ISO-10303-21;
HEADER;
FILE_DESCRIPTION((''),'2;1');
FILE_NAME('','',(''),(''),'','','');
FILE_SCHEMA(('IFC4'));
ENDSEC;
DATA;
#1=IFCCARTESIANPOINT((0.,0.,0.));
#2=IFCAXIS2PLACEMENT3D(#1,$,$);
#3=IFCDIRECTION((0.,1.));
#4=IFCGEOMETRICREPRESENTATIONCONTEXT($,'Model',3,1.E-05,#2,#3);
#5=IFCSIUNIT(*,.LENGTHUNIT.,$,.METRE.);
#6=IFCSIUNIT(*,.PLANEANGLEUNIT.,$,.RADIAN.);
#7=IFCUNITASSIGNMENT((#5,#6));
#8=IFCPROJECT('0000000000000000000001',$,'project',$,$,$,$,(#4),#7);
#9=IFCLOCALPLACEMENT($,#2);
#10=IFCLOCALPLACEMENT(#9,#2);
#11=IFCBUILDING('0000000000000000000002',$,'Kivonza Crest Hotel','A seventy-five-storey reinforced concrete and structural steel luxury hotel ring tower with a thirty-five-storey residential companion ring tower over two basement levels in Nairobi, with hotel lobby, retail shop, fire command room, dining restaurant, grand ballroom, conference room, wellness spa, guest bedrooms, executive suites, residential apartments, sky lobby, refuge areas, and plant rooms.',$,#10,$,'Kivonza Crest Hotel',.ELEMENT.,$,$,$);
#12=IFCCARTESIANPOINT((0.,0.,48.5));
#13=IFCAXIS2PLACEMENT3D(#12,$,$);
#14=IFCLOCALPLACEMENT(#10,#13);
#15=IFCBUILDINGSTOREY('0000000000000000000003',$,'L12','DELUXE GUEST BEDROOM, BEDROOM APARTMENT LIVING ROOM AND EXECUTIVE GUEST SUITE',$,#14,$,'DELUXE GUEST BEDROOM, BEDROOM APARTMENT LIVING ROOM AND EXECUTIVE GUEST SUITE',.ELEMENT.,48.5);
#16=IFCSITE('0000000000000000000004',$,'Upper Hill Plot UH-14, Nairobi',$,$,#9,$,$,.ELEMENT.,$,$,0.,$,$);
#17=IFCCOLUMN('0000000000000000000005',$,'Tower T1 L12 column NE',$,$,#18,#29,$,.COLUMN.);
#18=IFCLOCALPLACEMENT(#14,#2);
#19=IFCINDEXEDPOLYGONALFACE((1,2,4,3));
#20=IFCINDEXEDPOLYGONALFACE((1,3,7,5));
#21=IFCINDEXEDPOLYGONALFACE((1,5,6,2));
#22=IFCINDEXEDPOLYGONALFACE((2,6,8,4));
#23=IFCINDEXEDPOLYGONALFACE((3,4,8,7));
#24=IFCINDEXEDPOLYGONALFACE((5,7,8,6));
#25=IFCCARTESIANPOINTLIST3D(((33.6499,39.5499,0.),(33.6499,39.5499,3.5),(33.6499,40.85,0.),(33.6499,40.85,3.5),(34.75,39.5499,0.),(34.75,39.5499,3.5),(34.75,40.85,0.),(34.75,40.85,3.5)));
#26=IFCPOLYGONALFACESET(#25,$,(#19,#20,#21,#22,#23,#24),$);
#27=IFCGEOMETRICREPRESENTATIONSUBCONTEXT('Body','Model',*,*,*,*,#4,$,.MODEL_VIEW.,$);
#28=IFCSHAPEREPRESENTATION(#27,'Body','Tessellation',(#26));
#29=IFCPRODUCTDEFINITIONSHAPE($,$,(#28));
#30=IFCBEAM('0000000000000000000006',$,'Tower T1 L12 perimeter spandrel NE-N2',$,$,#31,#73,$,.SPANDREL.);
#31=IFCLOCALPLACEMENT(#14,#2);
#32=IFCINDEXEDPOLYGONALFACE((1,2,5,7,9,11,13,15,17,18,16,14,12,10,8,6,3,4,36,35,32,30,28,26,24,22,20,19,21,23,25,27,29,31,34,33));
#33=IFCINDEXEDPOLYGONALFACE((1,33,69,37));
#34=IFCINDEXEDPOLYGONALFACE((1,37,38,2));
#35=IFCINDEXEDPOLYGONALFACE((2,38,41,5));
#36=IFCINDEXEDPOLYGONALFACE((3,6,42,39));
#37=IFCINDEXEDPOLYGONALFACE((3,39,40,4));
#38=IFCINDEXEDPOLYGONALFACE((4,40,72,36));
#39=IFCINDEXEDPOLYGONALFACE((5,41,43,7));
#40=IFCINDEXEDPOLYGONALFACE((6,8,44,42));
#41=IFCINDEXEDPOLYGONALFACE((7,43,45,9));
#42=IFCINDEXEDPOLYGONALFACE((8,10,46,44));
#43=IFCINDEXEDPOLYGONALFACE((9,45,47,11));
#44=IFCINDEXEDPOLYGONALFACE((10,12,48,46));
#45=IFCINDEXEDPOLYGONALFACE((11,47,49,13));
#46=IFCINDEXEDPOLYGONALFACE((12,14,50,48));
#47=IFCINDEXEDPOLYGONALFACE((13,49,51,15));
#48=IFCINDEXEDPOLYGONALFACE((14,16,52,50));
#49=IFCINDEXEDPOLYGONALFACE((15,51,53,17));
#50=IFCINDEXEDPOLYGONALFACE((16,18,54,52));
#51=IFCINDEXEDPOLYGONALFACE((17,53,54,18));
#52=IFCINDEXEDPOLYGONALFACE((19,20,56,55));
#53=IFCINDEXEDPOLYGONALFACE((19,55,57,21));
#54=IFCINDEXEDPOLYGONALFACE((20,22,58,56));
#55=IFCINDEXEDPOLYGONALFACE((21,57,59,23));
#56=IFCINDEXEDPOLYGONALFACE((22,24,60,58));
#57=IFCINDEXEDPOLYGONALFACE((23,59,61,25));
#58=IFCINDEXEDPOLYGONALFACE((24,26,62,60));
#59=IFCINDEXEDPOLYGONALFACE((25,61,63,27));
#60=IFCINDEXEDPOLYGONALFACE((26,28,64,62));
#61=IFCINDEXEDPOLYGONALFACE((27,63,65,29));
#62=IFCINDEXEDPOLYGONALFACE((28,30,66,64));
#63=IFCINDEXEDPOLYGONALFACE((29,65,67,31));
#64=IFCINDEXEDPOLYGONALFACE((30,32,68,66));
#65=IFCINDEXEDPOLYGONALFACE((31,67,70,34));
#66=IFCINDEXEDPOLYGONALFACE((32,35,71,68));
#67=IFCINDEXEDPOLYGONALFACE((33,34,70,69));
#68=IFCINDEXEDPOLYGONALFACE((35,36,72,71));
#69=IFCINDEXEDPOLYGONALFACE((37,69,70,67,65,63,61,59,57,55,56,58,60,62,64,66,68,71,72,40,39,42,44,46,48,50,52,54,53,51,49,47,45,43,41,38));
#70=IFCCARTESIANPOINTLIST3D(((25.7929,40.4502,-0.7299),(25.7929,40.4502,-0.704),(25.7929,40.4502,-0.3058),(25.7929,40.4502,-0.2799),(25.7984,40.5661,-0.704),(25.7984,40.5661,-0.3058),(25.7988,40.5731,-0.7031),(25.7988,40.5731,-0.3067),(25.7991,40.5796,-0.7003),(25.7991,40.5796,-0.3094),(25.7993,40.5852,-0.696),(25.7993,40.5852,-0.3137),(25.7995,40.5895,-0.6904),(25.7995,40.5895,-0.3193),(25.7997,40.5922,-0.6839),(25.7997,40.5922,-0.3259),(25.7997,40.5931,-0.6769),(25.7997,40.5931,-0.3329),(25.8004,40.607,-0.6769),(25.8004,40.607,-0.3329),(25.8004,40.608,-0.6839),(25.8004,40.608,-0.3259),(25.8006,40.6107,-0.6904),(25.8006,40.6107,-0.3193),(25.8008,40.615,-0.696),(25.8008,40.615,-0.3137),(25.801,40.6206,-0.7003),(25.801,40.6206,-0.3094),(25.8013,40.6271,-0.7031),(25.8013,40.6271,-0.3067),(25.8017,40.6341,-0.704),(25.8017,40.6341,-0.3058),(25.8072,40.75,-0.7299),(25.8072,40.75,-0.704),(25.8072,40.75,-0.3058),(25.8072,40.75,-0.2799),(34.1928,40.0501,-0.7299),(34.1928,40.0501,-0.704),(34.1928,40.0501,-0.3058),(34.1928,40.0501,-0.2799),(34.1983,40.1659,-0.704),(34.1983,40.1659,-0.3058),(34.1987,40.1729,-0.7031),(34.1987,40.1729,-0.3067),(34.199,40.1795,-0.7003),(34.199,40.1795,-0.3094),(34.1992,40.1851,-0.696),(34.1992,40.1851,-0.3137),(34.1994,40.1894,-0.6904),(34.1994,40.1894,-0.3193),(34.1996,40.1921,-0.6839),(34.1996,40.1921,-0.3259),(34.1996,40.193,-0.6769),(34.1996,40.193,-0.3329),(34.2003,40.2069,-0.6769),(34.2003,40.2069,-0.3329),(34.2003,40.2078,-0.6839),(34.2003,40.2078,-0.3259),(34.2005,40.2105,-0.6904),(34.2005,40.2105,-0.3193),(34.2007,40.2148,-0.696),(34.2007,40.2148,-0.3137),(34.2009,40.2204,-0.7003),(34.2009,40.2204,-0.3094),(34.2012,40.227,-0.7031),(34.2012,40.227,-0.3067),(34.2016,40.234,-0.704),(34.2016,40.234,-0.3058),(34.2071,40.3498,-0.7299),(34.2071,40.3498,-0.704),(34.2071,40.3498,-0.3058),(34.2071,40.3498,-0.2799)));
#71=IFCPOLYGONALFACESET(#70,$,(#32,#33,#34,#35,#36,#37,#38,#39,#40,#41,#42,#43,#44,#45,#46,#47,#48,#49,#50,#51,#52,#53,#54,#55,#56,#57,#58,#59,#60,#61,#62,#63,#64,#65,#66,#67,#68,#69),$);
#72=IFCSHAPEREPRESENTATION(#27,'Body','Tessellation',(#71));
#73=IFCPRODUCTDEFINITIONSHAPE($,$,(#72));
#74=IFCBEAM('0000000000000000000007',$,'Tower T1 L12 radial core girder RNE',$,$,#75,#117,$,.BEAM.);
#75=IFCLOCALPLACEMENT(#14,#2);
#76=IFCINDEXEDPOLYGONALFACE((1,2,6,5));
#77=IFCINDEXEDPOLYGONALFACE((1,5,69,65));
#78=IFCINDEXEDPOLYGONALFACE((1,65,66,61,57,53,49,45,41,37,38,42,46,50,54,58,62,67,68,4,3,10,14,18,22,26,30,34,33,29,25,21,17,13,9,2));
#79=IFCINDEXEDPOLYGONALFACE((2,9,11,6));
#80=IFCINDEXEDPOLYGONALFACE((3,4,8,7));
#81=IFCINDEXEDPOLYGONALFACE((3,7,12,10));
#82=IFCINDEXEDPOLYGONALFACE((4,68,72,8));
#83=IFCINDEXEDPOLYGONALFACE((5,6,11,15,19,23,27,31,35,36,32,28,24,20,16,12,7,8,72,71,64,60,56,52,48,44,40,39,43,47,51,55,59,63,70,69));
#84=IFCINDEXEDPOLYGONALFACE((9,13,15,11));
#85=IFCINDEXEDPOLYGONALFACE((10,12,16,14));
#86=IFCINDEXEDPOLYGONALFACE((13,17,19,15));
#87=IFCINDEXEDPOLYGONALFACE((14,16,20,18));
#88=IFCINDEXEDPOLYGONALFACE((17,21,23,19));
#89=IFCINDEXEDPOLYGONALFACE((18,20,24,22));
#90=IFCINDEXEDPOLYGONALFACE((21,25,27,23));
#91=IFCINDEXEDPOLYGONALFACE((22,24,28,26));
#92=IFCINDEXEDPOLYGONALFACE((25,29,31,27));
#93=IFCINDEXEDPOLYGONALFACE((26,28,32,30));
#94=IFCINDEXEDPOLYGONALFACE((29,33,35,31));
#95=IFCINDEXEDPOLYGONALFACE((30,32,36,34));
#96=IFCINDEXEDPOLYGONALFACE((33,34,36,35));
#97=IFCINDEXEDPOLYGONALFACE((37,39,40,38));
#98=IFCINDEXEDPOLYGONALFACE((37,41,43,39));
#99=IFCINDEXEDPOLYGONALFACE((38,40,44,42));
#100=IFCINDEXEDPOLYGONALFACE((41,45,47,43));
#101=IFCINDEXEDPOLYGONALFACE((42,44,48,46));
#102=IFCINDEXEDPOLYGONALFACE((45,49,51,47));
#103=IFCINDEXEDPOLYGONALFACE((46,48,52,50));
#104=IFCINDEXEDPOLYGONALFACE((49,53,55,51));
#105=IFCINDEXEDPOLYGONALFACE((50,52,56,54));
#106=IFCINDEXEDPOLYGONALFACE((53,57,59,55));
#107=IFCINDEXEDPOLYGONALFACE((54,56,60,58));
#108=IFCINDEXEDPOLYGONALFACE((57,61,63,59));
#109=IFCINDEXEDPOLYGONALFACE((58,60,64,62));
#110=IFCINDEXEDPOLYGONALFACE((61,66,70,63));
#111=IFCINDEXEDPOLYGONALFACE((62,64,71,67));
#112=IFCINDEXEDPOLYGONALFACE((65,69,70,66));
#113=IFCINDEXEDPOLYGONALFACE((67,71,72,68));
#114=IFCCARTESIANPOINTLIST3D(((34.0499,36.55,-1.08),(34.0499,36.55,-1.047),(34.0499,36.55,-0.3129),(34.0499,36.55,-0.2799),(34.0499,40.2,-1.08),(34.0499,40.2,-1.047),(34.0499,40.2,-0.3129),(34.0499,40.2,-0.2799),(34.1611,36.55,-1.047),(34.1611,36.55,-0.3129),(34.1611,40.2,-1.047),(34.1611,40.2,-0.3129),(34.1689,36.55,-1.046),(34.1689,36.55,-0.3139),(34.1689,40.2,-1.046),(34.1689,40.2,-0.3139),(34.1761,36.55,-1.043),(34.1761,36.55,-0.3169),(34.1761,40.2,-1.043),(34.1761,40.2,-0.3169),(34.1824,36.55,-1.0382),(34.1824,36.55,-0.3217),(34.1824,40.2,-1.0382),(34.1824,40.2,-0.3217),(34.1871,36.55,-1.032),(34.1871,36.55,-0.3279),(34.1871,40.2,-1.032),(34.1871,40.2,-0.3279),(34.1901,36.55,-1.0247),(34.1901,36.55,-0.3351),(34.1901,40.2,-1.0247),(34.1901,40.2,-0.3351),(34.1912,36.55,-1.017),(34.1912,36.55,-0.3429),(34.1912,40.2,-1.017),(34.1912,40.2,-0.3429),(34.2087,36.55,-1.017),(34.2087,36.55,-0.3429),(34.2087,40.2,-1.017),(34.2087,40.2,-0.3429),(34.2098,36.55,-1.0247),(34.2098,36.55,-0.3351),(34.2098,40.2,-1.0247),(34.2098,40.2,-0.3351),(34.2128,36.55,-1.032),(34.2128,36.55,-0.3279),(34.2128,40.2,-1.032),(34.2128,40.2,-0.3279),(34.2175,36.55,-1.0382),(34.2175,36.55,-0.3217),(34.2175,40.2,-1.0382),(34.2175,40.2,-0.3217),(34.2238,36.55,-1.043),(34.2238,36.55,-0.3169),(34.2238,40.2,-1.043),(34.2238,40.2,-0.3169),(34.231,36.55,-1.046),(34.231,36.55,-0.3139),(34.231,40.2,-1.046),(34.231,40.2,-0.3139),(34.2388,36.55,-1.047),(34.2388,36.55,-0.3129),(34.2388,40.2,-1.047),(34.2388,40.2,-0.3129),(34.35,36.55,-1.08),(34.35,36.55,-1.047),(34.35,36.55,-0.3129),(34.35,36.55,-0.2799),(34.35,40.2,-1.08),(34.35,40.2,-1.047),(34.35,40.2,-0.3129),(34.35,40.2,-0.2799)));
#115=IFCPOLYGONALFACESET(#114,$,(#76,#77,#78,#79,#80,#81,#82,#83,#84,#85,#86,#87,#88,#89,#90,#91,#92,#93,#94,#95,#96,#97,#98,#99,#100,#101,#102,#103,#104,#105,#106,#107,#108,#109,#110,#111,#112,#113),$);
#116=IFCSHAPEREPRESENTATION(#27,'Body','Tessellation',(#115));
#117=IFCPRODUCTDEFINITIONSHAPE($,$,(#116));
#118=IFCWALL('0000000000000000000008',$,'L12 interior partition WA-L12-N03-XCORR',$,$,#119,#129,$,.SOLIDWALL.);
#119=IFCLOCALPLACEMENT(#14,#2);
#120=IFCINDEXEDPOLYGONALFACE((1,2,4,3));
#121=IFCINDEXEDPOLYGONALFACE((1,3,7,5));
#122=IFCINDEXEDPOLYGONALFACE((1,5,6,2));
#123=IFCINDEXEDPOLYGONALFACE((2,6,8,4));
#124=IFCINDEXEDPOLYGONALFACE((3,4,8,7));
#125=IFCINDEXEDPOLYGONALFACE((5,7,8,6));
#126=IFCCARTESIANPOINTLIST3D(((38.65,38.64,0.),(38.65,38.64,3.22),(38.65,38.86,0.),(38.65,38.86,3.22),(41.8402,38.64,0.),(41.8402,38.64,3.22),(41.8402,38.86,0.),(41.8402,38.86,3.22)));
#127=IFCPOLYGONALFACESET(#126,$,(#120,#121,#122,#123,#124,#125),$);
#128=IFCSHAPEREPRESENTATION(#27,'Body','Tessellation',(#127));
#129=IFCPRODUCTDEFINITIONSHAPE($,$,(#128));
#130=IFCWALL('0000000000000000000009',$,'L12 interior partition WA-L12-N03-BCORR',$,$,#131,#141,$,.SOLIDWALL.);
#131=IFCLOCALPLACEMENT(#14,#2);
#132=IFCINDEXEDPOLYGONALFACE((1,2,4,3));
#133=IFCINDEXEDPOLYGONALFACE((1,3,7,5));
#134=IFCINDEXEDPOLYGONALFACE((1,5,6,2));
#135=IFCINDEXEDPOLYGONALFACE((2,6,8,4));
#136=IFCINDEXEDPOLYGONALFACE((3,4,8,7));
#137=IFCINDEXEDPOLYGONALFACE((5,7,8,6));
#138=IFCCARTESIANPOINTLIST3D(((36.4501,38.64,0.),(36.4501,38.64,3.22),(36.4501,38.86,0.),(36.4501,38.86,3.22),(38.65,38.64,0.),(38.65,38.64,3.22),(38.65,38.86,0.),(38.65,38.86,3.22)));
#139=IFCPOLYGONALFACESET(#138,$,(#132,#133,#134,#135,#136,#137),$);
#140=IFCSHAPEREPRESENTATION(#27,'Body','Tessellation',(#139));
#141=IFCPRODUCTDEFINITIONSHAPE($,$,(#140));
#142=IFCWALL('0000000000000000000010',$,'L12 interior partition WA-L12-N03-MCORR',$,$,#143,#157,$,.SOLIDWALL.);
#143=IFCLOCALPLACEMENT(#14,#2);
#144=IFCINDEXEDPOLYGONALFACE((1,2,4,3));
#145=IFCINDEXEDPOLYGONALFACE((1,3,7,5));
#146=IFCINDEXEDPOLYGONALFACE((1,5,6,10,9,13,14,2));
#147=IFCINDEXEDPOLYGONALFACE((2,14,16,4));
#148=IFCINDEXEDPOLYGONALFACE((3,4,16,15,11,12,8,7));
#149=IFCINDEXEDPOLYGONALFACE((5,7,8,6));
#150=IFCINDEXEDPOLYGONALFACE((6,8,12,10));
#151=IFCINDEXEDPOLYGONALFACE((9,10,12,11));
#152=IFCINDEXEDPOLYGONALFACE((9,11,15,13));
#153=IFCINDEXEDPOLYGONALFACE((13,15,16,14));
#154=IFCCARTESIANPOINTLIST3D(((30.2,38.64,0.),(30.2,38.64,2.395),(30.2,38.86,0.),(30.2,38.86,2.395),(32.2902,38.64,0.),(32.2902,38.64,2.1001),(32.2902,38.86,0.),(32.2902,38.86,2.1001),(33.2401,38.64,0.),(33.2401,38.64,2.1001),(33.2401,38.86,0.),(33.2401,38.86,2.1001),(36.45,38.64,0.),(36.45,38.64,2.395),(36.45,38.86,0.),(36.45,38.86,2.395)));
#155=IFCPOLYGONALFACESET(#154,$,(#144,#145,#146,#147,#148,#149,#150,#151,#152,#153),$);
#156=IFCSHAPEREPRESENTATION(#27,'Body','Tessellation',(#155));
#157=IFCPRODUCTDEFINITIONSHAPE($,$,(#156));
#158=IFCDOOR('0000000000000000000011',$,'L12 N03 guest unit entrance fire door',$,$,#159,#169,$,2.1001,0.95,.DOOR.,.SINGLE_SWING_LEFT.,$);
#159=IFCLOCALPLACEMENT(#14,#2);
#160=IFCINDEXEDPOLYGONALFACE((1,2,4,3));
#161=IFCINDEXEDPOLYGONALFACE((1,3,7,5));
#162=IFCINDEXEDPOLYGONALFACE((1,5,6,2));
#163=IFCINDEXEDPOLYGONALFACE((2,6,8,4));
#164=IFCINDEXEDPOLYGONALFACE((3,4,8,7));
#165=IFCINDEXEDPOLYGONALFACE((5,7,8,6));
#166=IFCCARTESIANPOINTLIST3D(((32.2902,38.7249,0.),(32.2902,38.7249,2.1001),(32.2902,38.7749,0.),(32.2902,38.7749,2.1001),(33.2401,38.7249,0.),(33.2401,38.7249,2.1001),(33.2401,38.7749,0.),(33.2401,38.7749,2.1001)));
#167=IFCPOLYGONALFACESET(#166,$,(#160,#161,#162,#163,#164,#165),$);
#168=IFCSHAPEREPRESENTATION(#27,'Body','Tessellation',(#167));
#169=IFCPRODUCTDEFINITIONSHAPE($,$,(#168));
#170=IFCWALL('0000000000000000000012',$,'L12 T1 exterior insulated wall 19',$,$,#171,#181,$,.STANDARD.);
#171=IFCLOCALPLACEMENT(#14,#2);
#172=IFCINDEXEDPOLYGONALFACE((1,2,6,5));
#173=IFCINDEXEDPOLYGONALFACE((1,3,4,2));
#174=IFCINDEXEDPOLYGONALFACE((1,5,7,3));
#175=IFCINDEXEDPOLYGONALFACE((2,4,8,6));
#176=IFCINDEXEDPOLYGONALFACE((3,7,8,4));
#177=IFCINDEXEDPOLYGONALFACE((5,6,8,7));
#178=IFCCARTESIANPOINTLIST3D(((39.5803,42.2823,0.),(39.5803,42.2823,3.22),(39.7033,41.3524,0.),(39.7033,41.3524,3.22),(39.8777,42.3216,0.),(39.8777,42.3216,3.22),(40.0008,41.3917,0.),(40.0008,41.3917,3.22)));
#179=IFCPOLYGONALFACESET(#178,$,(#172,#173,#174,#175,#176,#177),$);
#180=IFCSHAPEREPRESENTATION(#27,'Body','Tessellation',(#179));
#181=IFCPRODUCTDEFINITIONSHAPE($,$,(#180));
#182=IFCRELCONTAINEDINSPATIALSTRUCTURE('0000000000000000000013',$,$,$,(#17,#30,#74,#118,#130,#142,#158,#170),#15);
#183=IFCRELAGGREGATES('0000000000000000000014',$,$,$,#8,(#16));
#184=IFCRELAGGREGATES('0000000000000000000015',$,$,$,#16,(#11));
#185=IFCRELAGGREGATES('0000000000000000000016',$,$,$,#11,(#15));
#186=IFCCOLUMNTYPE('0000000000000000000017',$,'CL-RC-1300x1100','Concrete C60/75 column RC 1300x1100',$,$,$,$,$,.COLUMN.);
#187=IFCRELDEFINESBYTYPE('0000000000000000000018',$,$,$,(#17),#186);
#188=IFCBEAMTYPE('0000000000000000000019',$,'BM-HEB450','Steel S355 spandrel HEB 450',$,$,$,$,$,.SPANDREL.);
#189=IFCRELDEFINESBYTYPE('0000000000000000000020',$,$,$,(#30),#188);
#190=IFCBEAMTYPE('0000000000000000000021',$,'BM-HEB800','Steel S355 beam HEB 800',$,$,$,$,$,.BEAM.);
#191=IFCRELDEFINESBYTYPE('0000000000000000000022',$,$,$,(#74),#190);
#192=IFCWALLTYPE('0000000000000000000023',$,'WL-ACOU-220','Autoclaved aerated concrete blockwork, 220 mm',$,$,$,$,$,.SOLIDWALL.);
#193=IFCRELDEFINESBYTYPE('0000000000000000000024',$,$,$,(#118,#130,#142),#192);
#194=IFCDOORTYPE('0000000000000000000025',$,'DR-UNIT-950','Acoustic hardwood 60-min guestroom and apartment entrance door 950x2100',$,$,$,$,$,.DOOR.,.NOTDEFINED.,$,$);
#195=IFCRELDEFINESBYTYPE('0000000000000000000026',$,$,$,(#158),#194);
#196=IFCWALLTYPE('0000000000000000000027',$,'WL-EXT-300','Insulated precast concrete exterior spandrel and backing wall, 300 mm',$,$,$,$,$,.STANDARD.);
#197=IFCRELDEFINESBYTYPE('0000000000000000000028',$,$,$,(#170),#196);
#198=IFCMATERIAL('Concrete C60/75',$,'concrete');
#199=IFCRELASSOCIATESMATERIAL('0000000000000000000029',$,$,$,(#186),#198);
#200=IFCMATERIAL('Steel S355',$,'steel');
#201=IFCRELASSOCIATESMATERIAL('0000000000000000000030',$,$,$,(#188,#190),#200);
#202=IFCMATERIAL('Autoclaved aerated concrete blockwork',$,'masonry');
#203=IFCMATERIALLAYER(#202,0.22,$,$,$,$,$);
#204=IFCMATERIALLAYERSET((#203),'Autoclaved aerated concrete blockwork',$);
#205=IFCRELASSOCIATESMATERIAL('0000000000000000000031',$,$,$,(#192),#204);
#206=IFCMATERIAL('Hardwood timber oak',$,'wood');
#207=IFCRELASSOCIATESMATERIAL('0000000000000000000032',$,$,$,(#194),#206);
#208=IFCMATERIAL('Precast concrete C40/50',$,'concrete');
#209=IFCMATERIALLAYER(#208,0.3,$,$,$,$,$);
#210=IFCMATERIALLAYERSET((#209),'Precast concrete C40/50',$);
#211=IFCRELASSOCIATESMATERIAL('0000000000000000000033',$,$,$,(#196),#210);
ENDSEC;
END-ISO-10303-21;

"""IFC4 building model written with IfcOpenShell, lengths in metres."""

from ifc_helpers import new_model, si_unit, direction, frame, frame_2d, origin, origin_2d, place, context, subcontext, project, spatial, rectangle, i_section, extrude, material, layer, layer_set, material_profile, profile_set, type_object, element, fill, save


model = new_model("IFC4")

# Units and contexts
model_context = context("Model", 3, precision=1e-05, world=origin(), true_north=direction((0.0, 1.0)))
body_context = subcontext(model_context, "Body", "Model", "MODEL_VIEW")
ifc_project = project(units=[si_unit("LENGTHUNIT", "METRE"), si_unit("PLANEANGLEUNIT", "RADIAN")], contexts=[model_context])

# Site, building, storey
site_placement = place(None, origin())
site = spatial("IfcSite", under=ifc_project, at=site_placement, Name="Upper Hill Plot UH-14, Nairobi", CompositionType="ELEMENT", RefElevation=0.0)
building_placement = place(site_placement, origin())
building = spatial("IfcBuilding", under=site, at=building_placement, Name="Kivonza Crest Hotel", Description="A seventy-five-storey reinforced concrete and structural steel luxury hotel ring tower with a thirty-five-storey residential companion ring tower over two basement levels in Nairobi, with hotel lobby, retail shop, fire command room, dining restaurant, grand ballroom, conference room, wellness spa, guest bedrooms, executive suites, residential apartments, sky lobby, refuge areas, and plant rooms.", LongName="Kivonza Crest Hotel", CompositionType="ELEMENT")
storey_placement = place(building_placement, frame((0.0, 0.0, 48.5)))
storey = spatial("IfcBuildingStorey", under=building, at=storey_placement, Name="L12", Description="DELUXE GUEST BEDROOM, BEDROOM APARTMENT LIVING ROOM AND EXECUTIVE GUEST SUITE", LongName="DELUXE GUEST BEDROOM, BEDROOM APARTMENT LIVING ROOM AND EXECUTIVE GUEST SUITE", CompositionType="ELEMENT", Elevation=48.5)

# Column
ifc_material_1 = material(Name="Concrete C60/75", Category="concrete")
ifc_material_profile_1 = material_profile(ifc_material_1, rectangle(XDim=1.1001, YDim=1.3, at=origin_2d()), Name="RC 1300x1100")
ifc_profile_set_1 = profile_set([ifc_material_profile_1], Name="Concrete C60/75")
column_type = type_object("IfcColumnType", Name="CL-RC-1300x1100", Description="Concrete C60/75 column RC 1300x1100", PredefinedType="COLUMN", material=ifc_profile_set_1)
column_placement = place(storey_placement, frame((34.2, 40.2, 0.0), z_axis=(0.0, 0.0, 1.0), x_axis=(1.0, 0.0, 0.0)))
element("IfcColumn", 1, at=column_placement, inside=storey, type_object=column_type, Name="Tower T1 L12 column NE", PredefinedType="COLUMN", context=body_context, shape_type="SweptSolid", body=[
    extrude(rectangle(XDim=1.1001, YDim=1.3, at=origin_2d()), origin(), (0.0, 0.0, 1.0), 3.5),
])

# Beams
ifc_material_2 = material(Name="Steel S355", Category="steel")
ifc_material_profile_2 = material_profile(ifc_material_2, i_section(OverallWidth=0.3, OverallDepth=0.45, WebThickness=0.0139, FlangeThickness=0.0259, FilletRadius=0.0271, at=origin_2d()), Name="HEB 450")
ifc_profile_set_2 = profile_set([ifc_material_profile_2], Name="Steel S355")
beam_type_1 = type_object("IfcBeamType", Name="BM-HEB450", Description="Steel S355 spandrel HEB 450", PredefinedType="SPANDREL", material=ifc_profile_set_2)
beam_1_placement = place(storey_placement, frame((34.2, 40.2, -0.5049), z_axis=(-0.998867, 0.047583, 0.0), x_axis=(-0.047583, -0.998867, 0.0)))
element("IfcBeam", 2, at=beam_1_placement, inside=storey, type_object=beam_type_1, Name="Tower T1 L12 perimeter spandrel NE-N2", PredefinedType="SPANDREL", context=body_context, shape_type="SweptSolid", body=[
    extrude(i_section(OverallWidth=0.3, OverallDepth=0.45, WebThickness=0.0139, FlangeThickness=0.0259, FilletRadius=0.0271, at=origin_2d()), origin(), (0.0, 0.0, 1.0), 8.4094),
])
ifc_material_profile_3 = material_profile(ifc_material_2, i_section(OverallWidth=0.3, OverallDepth=0.8, WebThickness=0.0176, FlangeThickness=0.033, FilletRadius=0.03, at=origin_2d()), Name="HEB 800")
ifc_profile_set_3 = profile_set([ifc_material_profile_3], Name="Steel S355")
beam_type_2 = type_object("IfcBeamType", Name="BM-HEB800", Description="Steel S355 beam HEB 800", PredefinedType="BEAM", material=ifc_profile_set_3)
beam_2_placement = place(storey_placement, frame((34.2, 40.2, -0.6799), z_axis=(0.0, -1.0, 0.0), x_axis=(1.0, 0.0, 0.0)))
element("IfcBeam", 3, at=beam_2_placement, inside=storey, type_object=beam_type_2, Name="Tower T1 L12 radial core girder RNE", PredefinedType="BEAM", context=body_context, shape_type="SweptSolid", body=[
    extrude(i_section(OverallWidth=0.3, OverallDepth=0.8, WebThickness=0.0176, FlangeThickness=0.033, FilletRadius=0.03, at=origin_2d()), origin(), (0.0, 0.0, 1.0), 3.6499),
])

# Walls
ifc_material_3 = material(Name="Autoclaved aerated concrete blockwork", Category="masonry")
ifc_layer_1 = layer(ifc_material_3, 0.22)
ifc_layer_set_1 = layer_set([ifc_layer_1], Name="Autoclaved aerated concrete blockwork")
wall_type_1 = type_object("IfcWallType", Name="WL-ACOU-220", Description="Autoclaved aerated concrete blockwork, 220 mm", PredefinedType="SOLIDWALL", material=ifc_layer_set_1)
wall_1_placement = place(storey_placement, frame((38.6499, 38.75, 0.0), z_axis=(0.0, 0.0, 1.0), x_axis=(1.0, 0.0, 0.0)))
element("IfcWall", 4, at=wall_1_placement, inside=storey, type_object=wall_type_1, Name="L12 interior partition WA-L12-N03-XCORR", PredefinedType="SOLIDWALL", context=body_context, shape_type="SweptSolid", body=[
    extrude(rectangle(XDim=3.1902, YDim=0.22, at=frame_2d((1.5952, 0.0))), origin(), (0.0, 0.0, 1.0), 3.22),
])
wall_2_placement = place(storey_placement, frame((36.45, 38.75, 0.0), z_axis=(0.0, 0.0, 1.0), x_axis=(1.0, 0.0, 0.0)))
element("IfcWall", 5, at=wall_2_placement, inside=storey, type_object=wall_type_1, Name="L12 interior partition WA-L12-N03-BCORR", PredefinedType="SOLIDWALL", context=body_context, shape_type="SweptSolid", body=[
    extrude(rectangle(XDim=2.2, YDim=0.22, at=frame_2d((1.1001, 0.0))), origin(), (0.0, 0.0, 1.0), 3.22),
])

# Wall, opening, door
wall_3_placement = place(storey_placement, frame((30.2, 38.75, 0.0), z_axis=(0.0, 0.0, 1.0), x_axis=(1.0, 0.0, 0.0)))
wall_3 = element("IfcWall", 6, at=wall_3_placement, inside=storey, type_object=wall_type_1, Name="L12 interior partition WA-L12-N03-MCORR", PredefinedType="SOLIDWALL", context=body_context, shape_type="SweptSolid", body=[
    extrude(rectangle(XDim=6.25, YDim=0.22, at=frame_2d((3.125, 0.0))), origin(), (0.0, 0.0, 1.0), 2.395),
])
opening_1_placement = place(wall_3_placement, frame((2.0901, 0.0, 0.0)))
opening_1 = element("IfcOpeningElement", 7, at=opening_1_placement, cuts=wall_3, PredefinedType="OPENING", context=body_context, shape_type="SweptSolid", body=[
    extrude(rectangle(XDim=0.95, YDim=2.1001, at=frame_2d((0.4751, 1.05))), frame((0.0, 0.1201, 0.0), z_axis=(0.0, -1.0, 0.0), x_axis=(1.0, 0.0, 0.0)), (0.0, 0.0, 1.0), 0.24),
])
ifc_material_4 = material(Name="Hardwood timber oak", Category="wood")
door_type_1 = type_object("IfcDoorType", Name="DR-UNIT-950", Description="Acoustic hardwood 60-min guestroom and apartment entrance door 950x2100", OperationType="NOTDEFINED", PredefinedType="DOOR", material=ifc_material_4)
door_1_placement = place(opening_1_placement, origin())
door_1 = element("IfcDoor", 8, at=door_1_placement, inside=storey, type_object=door_type_1, Name="L12 N03 guest unit entrance fire door", OperationType="SINGLE_SWING_LEFT", OverallHeight=2.1001, OverallWidth=0.95, PredefinedType="DOOR", context=body_context, shape_type="SweptSolid", body=[
    extrude(rectangle(XDim=0.95, YDim=2.1001, at=frame_2d((0.4751, 1.05))), frame((0.0, 0.0249, 0.0), z_axis=(0.0, -1.0, 0.0), x_axis=(1.0, 0.0, 0.0)), (0.0, 0.0, 1.0), 0.05),
])
fill(opening_1, door_1)

# Wall
ifc_material_5 = material(Name="Precast concrete C40/50", Category="concrete")
ifc_layer_2 = layer(ifc_material_5, 0.3)
ifc_layer_set_2 = layer_set([ifc_layer_2], Name="Precast concrete C40/50")
wall_type_2 = type_object("IfcWallType", Name="WL-EXT-300", Description="Insulated precast concrete exterior spandrel and backing wall, 300 mm", PredefinedType="STANDARD", material=ifc_layer_set_2)
wall_4_placement = place(storey_placement, frame((39.8521, 41.3721, 0.0), z_axis=(0.0, 0.0, 1.0), x_axis=(-0.131175, 0.991359, 0.0)))
element("IfcWall", 9, at=wall_4_placement, inside=storey, type_object=wall_type_2, Name="L12 T1 exterior insulated wall 19", PredefinedType="STANDARD", context=body_context, shape_type="SweptSolid", body=[
    extrude(rectangle(XDim=0.938, YDim=0.3, at=frame_2d((0.469, 0.0))), origin(), (0.0, 0.0, 1.0), 3.22),
])

save(model, "model.ifc")
